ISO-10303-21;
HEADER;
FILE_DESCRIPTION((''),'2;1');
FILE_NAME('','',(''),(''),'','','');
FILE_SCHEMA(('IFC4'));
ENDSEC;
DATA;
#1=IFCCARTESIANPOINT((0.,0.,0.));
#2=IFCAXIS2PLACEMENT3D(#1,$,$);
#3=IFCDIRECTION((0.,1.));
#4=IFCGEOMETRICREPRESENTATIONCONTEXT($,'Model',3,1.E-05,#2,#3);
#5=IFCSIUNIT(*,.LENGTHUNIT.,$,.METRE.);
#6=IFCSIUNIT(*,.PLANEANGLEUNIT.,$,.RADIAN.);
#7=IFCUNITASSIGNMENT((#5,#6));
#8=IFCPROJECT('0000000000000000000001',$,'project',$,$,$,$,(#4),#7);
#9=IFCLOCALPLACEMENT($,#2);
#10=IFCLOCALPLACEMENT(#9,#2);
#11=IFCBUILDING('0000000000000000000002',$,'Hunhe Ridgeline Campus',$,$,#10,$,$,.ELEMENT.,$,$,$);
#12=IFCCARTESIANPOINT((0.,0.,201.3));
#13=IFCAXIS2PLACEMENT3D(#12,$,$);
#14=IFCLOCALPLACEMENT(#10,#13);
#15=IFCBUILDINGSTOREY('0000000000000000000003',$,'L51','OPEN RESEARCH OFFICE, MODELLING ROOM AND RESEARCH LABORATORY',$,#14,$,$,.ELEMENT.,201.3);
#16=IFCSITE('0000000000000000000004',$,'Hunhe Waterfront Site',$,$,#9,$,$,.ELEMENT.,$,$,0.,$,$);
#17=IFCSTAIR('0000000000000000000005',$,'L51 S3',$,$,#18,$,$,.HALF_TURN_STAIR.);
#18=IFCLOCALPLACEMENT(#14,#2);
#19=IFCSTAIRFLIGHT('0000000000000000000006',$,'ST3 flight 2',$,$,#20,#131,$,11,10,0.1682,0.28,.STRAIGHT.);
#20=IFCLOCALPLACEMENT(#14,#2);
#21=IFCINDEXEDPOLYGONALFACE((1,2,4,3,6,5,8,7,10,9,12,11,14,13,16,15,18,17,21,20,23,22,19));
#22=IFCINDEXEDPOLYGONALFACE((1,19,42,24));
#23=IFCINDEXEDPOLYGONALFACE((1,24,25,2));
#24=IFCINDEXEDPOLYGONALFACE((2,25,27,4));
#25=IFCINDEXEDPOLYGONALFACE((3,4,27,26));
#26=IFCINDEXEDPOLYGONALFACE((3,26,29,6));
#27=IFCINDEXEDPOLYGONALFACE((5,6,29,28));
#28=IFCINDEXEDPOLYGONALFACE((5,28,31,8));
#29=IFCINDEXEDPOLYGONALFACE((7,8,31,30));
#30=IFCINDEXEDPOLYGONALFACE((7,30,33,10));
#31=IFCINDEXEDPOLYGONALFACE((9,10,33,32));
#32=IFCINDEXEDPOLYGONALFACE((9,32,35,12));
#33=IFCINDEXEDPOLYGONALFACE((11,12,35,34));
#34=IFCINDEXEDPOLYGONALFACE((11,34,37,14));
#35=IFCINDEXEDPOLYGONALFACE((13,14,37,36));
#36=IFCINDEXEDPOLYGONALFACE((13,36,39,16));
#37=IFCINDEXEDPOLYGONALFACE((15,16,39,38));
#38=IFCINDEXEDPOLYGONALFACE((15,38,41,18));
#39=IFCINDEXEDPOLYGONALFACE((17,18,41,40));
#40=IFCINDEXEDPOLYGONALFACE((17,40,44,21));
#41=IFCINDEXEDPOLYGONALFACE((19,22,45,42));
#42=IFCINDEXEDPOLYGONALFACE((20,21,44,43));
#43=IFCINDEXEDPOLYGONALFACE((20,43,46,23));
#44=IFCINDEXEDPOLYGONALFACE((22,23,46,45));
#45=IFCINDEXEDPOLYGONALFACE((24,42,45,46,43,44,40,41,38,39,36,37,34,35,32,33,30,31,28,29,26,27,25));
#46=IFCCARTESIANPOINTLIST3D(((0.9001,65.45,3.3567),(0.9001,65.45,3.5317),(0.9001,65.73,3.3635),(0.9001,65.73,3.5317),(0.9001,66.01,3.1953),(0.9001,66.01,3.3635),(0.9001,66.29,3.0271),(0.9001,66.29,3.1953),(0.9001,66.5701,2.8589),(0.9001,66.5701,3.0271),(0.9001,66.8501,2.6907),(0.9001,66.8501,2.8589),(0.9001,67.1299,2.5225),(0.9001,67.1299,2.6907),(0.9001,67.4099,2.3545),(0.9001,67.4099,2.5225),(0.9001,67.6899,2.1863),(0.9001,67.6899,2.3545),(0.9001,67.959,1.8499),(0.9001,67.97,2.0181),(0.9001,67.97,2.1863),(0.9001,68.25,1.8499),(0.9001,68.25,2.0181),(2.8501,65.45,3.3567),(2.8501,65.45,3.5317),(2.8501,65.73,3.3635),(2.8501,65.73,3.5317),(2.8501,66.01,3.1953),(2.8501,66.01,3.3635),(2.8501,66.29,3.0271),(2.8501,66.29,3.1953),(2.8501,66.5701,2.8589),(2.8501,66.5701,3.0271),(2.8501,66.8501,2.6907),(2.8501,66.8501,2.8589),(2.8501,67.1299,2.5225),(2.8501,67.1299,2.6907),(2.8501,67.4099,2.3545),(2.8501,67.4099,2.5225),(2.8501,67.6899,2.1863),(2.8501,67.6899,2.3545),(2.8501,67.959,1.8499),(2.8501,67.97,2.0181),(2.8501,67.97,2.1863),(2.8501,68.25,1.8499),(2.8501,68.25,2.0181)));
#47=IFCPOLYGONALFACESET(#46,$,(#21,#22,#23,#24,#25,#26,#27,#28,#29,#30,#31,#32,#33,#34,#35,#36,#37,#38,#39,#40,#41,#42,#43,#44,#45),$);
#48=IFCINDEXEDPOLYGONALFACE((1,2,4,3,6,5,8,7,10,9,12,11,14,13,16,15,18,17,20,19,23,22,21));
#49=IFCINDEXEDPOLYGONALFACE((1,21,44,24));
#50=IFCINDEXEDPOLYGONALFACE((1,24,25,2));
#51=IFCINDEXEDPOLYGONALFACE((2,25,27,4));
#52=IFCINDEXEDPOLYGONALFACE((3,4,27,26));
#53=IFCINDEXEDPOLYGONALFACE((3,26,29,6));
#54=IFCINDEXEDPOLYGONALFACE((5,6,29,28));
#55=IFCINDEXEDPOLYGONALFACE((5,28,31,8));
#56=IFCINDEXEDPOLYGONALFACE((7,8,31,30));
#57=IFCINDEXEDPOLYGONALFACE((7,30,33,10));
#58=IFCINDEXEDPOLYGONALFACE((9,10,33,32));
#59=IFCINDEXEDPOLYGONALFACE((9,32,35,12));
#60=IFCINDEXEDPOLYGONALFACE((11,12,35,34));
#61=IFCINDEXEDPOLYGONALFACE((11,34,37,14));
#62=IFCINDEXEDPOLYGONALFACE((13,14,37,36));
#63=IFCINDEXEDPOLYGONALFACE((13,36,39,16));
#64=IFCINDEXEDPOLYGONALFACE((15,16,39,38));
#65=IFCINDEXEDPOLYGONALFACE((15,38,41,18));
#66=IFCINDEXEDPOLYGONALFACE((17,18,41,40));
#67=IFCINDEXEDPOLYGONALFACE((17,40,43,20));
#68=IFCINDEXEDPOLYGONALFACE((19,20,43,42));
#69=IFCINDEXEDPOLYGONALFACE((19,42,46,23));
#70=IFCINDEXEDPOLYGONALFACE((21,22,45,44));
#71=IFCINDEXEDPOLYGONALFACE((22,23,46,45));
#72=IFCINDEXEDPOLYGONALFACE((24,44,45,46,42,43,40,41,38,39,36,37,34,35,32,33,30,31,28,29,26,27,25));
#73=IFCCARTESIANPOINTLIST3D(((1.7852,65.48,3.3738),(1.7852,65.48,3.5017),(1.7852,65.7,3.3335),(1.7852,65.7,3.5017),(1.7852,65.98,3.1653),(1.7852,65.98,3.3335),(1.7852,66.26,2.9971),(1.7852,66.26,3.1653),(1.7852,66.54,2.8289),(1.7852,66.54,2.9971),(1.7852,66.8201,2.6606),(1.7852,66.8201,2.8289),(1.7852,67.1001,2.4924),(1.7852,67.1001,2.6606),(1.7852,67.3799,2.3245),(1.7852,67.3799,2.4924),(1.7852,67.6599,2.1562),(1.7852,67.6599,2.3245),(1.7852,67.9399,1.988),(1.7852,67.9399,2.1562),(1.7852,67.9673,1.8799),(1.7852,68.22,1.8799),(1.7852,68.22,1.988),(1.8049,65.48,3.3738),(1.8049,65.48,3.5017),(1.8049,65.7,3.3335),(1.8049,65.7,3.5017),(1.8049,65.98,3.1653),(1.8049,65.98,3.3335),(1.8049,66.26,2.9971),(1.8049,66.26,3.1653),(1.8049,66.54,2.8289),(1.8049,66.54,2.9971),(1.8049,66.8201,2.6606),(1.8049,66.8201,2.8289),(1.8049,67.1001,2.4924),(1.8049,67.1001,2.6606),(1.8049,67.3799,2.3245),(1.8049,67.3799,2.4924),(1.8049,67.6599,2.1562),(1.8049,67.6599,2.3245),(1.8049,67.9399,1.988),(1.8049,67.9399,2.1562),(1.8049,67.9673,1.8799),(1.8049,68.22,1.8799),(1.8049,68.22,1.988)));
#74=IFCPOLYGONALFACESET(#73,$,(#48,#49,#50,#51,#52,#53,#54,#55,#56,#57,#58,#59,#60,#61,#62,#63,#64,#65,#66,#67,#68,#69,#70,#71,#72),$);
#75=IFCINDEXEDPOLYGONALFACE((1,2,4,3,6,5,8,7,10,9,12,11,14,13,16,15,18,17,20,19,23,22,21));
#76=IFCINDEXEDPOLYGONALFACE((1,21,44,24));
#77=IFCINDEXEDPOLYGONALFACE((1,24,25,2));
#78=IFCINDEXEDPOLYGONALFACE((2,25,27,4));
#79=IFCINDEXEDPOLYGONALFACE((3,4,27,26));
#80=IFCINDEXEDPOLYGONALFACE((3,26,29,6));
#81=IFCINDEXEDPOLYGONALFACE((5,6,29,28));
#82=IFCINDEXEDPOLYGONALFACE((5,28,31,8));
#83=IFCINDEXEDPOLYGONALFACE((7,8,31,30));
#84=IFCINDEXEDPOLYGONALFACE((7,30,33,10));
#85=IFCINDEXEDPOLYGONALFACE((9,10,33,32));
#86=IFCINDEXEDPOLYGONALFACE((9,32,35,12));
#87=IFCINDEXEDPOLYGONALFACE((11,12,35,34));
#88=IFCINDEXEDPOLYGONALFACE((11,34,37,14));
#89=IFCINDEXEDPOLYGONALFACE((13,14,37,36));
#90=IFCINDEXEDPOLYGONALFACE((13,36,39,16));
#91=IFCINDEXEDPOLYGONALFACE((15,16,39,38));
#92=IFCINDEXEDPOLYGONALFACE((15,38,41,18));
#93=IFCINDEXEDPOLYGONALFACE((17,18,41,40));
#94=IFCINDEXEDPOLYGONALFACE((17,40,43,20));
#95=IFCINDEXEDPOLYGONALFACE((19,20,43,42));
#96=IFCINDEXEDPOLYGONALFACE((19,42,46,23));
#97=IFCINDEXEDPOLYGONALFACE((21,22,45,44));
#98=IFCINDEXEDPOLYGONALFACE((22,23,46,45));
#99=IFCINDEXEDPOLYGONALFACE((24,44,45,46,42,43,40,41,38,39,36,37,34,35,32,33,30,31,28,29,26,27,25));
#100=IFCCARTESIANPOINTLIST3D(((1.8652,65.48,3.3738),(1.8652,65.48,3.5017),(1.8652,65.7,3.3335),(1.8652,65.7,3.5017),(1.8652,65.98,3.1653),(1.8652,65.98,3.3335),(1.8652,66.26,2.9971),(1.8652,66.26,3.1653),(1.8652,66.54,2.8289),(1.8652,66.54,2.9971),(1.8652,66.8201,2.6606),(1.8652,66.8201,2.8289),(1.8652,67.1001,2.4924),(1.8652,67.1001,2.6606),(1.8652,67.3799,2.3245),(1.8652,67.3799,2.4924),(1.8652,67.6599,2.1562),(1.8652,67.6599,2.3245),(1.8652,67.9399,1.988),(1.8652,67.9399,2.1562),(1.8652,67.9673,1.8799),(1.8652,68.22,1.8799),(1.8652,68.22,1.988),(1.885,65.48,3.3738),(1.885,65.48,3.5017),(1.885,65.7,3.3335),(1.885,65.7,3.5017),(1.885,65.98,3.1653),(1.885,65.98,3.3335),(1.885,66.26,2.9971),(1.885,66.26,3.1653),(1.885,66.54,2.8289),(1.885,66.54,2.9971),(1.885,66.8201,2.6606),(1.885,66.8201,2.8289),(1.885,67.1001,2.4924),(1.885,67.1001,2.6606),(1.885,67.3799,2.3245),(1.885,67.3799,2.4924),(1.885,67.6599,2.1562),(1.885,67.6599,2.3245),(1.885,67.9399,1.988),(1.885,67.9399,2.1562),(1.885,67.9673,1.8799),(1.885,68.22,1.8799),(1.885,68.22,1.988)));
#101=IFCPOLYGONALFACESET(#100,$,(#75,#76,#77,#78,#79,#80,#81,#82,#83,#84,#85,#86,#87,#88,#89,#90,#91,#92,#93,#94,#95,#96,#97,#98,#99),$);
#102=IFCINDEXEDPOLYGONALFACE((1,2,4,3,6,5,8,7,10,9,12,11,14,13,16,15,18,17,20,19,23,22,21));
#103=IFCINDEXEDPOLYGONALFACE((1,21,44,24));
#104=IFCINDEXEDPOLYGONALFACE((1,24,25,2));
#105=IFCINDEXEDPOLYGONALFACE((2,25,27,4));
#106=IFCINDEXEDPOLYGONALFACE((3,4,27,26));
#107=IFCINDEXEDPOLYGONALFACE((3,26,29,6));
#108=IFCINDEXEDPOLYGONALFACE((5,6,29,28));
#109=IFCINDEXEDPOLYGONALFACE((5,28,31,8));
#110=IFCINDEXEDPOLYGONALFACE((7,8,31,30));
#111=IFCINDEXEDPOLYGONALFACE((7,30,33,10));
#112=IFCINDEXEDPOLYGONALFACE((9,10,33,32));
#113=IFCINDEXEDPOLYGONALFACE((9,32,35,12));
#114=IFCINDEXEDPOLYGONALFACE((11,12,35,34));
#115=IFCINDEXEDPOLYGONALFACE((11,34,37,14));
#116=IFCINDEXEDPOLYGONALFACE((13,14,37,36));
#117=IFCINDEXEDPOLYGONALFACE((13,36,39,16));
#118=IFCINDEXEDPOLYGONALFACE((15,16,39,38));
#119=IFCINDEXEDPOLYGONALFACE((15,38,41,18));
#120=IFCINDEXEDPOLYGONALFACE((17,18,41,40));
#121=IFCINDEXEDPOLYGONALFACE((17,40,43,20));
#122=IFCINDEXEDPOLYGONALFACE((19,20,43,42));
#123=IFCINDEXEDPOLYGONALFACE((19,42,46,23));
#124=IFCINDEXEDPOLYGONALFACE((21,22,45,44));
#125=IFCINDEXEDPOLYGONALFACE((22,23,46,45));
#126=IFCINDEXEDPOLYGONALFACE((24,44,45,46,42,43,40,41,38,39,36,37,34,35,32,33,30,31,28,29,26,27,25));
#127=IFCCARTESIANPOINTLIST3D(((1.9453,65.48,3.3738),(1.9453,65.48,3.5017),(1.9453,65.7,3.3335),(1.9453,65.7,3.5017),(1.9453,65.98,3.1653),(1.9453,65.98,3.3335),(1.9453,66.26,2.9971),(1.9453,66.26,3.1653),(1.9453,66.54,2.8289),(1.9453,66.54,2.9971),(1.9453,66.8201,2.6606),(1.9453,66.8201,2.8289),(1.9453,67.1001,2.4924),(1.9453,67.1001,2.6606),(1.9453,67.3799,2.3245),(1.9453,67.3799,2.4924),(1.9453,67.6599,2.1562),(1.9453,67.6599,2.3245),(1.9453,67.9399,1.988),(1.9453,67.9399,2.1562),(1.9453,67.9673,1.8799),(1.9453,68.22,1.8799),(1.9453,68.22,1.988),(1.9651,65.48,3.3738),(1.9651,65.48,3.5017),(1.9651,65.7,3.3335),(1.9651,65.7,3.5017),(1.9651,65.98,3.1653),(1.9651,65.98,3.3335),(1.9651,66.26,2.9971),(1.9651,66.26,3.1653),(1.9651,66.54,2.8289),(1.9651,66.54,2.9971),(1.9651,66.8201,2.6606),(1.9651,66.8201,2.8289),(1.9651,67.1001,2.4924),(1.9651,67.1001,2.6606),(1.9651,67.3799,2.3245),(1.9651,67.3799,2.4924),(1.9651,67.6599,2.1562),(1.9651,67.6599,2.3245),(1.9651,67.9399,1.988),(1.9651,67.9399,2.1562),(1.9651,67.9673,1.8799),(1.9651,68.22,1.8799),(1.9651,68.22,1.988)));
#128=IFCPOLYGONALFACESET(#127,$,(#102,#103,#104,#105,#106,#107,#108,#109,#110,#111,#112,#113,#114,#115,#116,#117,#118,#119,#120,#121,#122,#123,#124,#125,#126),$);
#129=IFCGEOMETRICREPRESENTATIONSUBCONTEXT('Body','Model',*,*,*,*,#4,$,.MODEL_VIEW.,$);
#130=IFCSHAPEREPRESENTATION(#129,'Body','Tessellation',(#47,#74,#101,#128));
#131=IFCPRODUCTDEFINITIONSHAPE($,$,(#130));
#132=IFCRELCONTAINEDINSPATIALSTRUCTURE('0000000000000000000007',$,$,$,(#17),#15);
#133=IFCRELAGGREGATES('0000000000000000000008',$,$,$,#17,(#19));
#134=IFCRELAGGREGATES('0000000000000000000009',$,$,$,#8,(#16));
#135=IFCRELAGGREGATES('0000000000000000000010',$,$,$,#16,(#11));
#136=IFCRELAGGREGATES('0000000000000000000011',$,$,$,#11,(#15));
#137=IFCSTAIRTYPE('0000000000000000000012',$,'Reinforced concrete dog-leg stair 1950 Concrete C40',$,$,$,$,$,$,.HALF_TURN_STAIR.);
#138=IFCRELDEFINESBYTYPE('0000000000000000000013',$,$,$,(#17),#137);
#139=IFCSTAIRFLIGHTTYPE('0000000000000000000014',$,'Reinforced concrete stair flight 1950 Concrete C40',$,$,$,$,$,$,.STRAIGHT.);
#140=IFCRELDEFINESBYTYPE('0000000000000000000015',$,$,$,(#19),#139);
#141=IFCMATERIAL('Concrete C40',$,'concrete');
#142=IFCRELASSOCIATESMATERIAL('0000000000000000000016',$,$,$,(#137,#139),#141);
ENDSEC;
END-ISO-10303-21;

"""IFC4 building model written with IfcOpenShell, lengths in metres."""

from ifc_helpers import new_model, si_unit, direction, frame, origin, place, context, subcontext, project, spatial, polyline, outline, extrude, material, type_object, element, aggregate, save


model = new_model("IFC4")

# Units and contexts
model_context = context("Model", 3, precision=1e-05, world=origin(), true_north=direction((0.0, 1.0)))
body_context = subcontext(model_context, "Body", "Model", "MODEL_VIEW")
ifc_project = project(units=[si_unit("LENGTHUNIT", "METRE"), si_unit("PLANEANGLEUNIT", "RADIAN")], contexts=[model_context])

# Site, building, storey
site_placement = place(None, origin())
site = spatial("IfcSite", under=ifc_project, at=site_placement, Name="Hunhe Waterfront Site", CompositionType="ELEMENT", RefElevation=0.0)
building_placement = place(site_placement, origin())
building = spatial("IfcBuilding", under=site, at=building_placement, Name="Hunhe Ridgeline Campus", CompositionType="ELEMENT")
storey_placement = place(building_placement, frame((0.0, 0.0, 201.3)))
storey = spatial("IfcBuildingStorey", under=building, at=storey_placement, Name="L51", Description="OPEN RESEARCH OFFICE, MODELLING ROOM AND RESEARCH LABORATORY", CompositionType="ELEMENT", Elevation=201.3)

# Stair, stair flight
ifc_material_1 = material(Name="Concrete C40", Category="concrete")
stair_type = type_object("IfcStairType", Name="Reinforced concrete dog-leg stair 1950 Concrete C40", PredefinedType="HALF_TURN_STAIR", material=ifc_material_1)
stair_1_placement = place(storey_placement, origin())
stair_1 = element("IfcStair", 1, at=stair_1_placement, inside=storey, type_object=stair_type, Name="L51 S3", PredefinedType="HALF_TURN_STAIR")
stair_flight_type = type_object("IfcStairFlightType", Name="Reinforced concrete stair flight 1950 Concrete C40", PredefinedType="STRAIGHT", material=ifc_material_1)
stair_flight_1_placement = place(storey_placement, frame((1.875, 68.25, 1.8499), z_axis=(0.0, 0.0, 1.0), x_axis=(0.0, -1.0, 0.0)))
stair_flight_1 = element("IfcStairFlight", 2, at=stair_flight_1_placement, type_object=stair_flight_type, Name="ST3 flight 2", NumberOfRisers=11, NumberOfTreads=10, PredefinedType="STRAIGHT", RiserHeight=0.1682, TreadLength=0.28, context=body_context, shape_type="SweptSolid", body=[
    extrude(outline(polyline([(0.0, 0.0), (0.0, 0.1682), (0.28, 0.1682), (0.28, 0.3364), (0.5601, 0.3364), (0.5601, 0.5046), (0.8401, 0.5046), (0.8401, 0.6726), (1.1201, 0.6726), (1.1201, 0.8408), (1.3999, 0.8408), (1.3999, 1.009), (1.6799, 1.009), (1.6799, 1.1772), (1.96, 1.1772), (1.96, 1.3455), (2.24, 1.3455), (2.24, 1.5137), (2.52, 1.5137), (2.52, 1.6819), (2.8, 1.6819), (2.8, 1.8501), (2.8, 1.5068), (0.291, 0.0), (0.0, 0.0)])), frame((0.0, 0.9751, 0.0), z_axis=(0.0, -1.0, 0.0), x_axis=(1.0, 0.0, 0.0)), (0.0, 0.0, 1.0), 1.95),
    extrude(outline(polyline([(0.03, 0.03), (0.03, 0.1382), (0.3101, 0.1382), (0.3101, 0.3064), (0.5901, 0.3064), (0.5901, 0.4746), (0.8701, 0.4746), (0.8701, 0.6426), (1.1499, 0.6426), (1.1499, 0.8108), (1.4299, 0.8108), (1.4299, 0.979), (1.71, 0.979), (1.71, 1.1472), (1.99, 1.1472), (1.99, 1.3154), (2.27, 1.3154), (2.27, 1.4836), (2.55, 1.4836), (2.55, 1.6519), (2.77, 1.6519), (2.77, 1.5239), (0.2827, 0.03), (0.03, 0.03)])), frame((0.0, -0.0701, 0.0), z_axis=(0.0, -1.0, 0.0), x_axis=(1.0, 0.0, 0.0)), (0.0, 0.0, 1.0), 0.0198),
    extrude(outline(polyline([(0.03, 0.03), (0.03, 0.1382), (0.3101, 0.1382), (0.3101, 0.3064), (0.5901, 0.3064), (0.5901, 0.4746), (0.8701, 0.4746), (0.8701, 0.6426), (1.1499, 0.6426), (1.1499, 0.8108), (1.4299, 0.8108), (1.4299, 0.979), (1.71, 0.979), (1.71, 1.1472), (1.99, 1.1472), (1.99, 1.3154), (2.27, 1.3154), (2.27, 1.4836), (2.55, 1.4836), (2.55, 1.6519), (2.77, 1.6519), (2.77, 1.5239), (0.2827, 0.03), (0.03, 0.03)])), frame((0.0, 0.01, 0.0), z_axis=(0.0, -1.0, 0.0), x_axis=(1.0, 0.0, 0.0)), (0.0, 0.0, 1.0), 0.0198),
    extrude(outline(polyline([(0.03, 0.03), (0.03, 0.1382), (0.3101, 0.1382), (0.3101, 0.3064), (0.5901, 0.3064), (0.5901, 0.4746), (0.8701, 0.4746), (0.8701, 0.6426), (1.1499, 0.6426), (1.1499, 0.8108), (1.4299, 0.8108), (1.4299, 0.979), (1.71, 0.979), (1.71, 1.1472), (1.99, 1.1472), (1.99, 1.3154), (2.27, 1.3154), (2.27, 1.4836), (2.55, 1.4836), (2.55, 1.6519), (2.77, 1.6519), (2.77, 1.5239), (0.2827, 0.03), (0.03, 0.03)])), frame((0.0, 0.0901, 0.0), z_axis=(0.0, -1.0, 0.0), x_axis=(1.0, 0.0, 0.0)), (0.0, 0.0, 1.0), 0.0198),
])
aggregate(stair_1, [stair_flight_1])

save(model, "model.ifc")
